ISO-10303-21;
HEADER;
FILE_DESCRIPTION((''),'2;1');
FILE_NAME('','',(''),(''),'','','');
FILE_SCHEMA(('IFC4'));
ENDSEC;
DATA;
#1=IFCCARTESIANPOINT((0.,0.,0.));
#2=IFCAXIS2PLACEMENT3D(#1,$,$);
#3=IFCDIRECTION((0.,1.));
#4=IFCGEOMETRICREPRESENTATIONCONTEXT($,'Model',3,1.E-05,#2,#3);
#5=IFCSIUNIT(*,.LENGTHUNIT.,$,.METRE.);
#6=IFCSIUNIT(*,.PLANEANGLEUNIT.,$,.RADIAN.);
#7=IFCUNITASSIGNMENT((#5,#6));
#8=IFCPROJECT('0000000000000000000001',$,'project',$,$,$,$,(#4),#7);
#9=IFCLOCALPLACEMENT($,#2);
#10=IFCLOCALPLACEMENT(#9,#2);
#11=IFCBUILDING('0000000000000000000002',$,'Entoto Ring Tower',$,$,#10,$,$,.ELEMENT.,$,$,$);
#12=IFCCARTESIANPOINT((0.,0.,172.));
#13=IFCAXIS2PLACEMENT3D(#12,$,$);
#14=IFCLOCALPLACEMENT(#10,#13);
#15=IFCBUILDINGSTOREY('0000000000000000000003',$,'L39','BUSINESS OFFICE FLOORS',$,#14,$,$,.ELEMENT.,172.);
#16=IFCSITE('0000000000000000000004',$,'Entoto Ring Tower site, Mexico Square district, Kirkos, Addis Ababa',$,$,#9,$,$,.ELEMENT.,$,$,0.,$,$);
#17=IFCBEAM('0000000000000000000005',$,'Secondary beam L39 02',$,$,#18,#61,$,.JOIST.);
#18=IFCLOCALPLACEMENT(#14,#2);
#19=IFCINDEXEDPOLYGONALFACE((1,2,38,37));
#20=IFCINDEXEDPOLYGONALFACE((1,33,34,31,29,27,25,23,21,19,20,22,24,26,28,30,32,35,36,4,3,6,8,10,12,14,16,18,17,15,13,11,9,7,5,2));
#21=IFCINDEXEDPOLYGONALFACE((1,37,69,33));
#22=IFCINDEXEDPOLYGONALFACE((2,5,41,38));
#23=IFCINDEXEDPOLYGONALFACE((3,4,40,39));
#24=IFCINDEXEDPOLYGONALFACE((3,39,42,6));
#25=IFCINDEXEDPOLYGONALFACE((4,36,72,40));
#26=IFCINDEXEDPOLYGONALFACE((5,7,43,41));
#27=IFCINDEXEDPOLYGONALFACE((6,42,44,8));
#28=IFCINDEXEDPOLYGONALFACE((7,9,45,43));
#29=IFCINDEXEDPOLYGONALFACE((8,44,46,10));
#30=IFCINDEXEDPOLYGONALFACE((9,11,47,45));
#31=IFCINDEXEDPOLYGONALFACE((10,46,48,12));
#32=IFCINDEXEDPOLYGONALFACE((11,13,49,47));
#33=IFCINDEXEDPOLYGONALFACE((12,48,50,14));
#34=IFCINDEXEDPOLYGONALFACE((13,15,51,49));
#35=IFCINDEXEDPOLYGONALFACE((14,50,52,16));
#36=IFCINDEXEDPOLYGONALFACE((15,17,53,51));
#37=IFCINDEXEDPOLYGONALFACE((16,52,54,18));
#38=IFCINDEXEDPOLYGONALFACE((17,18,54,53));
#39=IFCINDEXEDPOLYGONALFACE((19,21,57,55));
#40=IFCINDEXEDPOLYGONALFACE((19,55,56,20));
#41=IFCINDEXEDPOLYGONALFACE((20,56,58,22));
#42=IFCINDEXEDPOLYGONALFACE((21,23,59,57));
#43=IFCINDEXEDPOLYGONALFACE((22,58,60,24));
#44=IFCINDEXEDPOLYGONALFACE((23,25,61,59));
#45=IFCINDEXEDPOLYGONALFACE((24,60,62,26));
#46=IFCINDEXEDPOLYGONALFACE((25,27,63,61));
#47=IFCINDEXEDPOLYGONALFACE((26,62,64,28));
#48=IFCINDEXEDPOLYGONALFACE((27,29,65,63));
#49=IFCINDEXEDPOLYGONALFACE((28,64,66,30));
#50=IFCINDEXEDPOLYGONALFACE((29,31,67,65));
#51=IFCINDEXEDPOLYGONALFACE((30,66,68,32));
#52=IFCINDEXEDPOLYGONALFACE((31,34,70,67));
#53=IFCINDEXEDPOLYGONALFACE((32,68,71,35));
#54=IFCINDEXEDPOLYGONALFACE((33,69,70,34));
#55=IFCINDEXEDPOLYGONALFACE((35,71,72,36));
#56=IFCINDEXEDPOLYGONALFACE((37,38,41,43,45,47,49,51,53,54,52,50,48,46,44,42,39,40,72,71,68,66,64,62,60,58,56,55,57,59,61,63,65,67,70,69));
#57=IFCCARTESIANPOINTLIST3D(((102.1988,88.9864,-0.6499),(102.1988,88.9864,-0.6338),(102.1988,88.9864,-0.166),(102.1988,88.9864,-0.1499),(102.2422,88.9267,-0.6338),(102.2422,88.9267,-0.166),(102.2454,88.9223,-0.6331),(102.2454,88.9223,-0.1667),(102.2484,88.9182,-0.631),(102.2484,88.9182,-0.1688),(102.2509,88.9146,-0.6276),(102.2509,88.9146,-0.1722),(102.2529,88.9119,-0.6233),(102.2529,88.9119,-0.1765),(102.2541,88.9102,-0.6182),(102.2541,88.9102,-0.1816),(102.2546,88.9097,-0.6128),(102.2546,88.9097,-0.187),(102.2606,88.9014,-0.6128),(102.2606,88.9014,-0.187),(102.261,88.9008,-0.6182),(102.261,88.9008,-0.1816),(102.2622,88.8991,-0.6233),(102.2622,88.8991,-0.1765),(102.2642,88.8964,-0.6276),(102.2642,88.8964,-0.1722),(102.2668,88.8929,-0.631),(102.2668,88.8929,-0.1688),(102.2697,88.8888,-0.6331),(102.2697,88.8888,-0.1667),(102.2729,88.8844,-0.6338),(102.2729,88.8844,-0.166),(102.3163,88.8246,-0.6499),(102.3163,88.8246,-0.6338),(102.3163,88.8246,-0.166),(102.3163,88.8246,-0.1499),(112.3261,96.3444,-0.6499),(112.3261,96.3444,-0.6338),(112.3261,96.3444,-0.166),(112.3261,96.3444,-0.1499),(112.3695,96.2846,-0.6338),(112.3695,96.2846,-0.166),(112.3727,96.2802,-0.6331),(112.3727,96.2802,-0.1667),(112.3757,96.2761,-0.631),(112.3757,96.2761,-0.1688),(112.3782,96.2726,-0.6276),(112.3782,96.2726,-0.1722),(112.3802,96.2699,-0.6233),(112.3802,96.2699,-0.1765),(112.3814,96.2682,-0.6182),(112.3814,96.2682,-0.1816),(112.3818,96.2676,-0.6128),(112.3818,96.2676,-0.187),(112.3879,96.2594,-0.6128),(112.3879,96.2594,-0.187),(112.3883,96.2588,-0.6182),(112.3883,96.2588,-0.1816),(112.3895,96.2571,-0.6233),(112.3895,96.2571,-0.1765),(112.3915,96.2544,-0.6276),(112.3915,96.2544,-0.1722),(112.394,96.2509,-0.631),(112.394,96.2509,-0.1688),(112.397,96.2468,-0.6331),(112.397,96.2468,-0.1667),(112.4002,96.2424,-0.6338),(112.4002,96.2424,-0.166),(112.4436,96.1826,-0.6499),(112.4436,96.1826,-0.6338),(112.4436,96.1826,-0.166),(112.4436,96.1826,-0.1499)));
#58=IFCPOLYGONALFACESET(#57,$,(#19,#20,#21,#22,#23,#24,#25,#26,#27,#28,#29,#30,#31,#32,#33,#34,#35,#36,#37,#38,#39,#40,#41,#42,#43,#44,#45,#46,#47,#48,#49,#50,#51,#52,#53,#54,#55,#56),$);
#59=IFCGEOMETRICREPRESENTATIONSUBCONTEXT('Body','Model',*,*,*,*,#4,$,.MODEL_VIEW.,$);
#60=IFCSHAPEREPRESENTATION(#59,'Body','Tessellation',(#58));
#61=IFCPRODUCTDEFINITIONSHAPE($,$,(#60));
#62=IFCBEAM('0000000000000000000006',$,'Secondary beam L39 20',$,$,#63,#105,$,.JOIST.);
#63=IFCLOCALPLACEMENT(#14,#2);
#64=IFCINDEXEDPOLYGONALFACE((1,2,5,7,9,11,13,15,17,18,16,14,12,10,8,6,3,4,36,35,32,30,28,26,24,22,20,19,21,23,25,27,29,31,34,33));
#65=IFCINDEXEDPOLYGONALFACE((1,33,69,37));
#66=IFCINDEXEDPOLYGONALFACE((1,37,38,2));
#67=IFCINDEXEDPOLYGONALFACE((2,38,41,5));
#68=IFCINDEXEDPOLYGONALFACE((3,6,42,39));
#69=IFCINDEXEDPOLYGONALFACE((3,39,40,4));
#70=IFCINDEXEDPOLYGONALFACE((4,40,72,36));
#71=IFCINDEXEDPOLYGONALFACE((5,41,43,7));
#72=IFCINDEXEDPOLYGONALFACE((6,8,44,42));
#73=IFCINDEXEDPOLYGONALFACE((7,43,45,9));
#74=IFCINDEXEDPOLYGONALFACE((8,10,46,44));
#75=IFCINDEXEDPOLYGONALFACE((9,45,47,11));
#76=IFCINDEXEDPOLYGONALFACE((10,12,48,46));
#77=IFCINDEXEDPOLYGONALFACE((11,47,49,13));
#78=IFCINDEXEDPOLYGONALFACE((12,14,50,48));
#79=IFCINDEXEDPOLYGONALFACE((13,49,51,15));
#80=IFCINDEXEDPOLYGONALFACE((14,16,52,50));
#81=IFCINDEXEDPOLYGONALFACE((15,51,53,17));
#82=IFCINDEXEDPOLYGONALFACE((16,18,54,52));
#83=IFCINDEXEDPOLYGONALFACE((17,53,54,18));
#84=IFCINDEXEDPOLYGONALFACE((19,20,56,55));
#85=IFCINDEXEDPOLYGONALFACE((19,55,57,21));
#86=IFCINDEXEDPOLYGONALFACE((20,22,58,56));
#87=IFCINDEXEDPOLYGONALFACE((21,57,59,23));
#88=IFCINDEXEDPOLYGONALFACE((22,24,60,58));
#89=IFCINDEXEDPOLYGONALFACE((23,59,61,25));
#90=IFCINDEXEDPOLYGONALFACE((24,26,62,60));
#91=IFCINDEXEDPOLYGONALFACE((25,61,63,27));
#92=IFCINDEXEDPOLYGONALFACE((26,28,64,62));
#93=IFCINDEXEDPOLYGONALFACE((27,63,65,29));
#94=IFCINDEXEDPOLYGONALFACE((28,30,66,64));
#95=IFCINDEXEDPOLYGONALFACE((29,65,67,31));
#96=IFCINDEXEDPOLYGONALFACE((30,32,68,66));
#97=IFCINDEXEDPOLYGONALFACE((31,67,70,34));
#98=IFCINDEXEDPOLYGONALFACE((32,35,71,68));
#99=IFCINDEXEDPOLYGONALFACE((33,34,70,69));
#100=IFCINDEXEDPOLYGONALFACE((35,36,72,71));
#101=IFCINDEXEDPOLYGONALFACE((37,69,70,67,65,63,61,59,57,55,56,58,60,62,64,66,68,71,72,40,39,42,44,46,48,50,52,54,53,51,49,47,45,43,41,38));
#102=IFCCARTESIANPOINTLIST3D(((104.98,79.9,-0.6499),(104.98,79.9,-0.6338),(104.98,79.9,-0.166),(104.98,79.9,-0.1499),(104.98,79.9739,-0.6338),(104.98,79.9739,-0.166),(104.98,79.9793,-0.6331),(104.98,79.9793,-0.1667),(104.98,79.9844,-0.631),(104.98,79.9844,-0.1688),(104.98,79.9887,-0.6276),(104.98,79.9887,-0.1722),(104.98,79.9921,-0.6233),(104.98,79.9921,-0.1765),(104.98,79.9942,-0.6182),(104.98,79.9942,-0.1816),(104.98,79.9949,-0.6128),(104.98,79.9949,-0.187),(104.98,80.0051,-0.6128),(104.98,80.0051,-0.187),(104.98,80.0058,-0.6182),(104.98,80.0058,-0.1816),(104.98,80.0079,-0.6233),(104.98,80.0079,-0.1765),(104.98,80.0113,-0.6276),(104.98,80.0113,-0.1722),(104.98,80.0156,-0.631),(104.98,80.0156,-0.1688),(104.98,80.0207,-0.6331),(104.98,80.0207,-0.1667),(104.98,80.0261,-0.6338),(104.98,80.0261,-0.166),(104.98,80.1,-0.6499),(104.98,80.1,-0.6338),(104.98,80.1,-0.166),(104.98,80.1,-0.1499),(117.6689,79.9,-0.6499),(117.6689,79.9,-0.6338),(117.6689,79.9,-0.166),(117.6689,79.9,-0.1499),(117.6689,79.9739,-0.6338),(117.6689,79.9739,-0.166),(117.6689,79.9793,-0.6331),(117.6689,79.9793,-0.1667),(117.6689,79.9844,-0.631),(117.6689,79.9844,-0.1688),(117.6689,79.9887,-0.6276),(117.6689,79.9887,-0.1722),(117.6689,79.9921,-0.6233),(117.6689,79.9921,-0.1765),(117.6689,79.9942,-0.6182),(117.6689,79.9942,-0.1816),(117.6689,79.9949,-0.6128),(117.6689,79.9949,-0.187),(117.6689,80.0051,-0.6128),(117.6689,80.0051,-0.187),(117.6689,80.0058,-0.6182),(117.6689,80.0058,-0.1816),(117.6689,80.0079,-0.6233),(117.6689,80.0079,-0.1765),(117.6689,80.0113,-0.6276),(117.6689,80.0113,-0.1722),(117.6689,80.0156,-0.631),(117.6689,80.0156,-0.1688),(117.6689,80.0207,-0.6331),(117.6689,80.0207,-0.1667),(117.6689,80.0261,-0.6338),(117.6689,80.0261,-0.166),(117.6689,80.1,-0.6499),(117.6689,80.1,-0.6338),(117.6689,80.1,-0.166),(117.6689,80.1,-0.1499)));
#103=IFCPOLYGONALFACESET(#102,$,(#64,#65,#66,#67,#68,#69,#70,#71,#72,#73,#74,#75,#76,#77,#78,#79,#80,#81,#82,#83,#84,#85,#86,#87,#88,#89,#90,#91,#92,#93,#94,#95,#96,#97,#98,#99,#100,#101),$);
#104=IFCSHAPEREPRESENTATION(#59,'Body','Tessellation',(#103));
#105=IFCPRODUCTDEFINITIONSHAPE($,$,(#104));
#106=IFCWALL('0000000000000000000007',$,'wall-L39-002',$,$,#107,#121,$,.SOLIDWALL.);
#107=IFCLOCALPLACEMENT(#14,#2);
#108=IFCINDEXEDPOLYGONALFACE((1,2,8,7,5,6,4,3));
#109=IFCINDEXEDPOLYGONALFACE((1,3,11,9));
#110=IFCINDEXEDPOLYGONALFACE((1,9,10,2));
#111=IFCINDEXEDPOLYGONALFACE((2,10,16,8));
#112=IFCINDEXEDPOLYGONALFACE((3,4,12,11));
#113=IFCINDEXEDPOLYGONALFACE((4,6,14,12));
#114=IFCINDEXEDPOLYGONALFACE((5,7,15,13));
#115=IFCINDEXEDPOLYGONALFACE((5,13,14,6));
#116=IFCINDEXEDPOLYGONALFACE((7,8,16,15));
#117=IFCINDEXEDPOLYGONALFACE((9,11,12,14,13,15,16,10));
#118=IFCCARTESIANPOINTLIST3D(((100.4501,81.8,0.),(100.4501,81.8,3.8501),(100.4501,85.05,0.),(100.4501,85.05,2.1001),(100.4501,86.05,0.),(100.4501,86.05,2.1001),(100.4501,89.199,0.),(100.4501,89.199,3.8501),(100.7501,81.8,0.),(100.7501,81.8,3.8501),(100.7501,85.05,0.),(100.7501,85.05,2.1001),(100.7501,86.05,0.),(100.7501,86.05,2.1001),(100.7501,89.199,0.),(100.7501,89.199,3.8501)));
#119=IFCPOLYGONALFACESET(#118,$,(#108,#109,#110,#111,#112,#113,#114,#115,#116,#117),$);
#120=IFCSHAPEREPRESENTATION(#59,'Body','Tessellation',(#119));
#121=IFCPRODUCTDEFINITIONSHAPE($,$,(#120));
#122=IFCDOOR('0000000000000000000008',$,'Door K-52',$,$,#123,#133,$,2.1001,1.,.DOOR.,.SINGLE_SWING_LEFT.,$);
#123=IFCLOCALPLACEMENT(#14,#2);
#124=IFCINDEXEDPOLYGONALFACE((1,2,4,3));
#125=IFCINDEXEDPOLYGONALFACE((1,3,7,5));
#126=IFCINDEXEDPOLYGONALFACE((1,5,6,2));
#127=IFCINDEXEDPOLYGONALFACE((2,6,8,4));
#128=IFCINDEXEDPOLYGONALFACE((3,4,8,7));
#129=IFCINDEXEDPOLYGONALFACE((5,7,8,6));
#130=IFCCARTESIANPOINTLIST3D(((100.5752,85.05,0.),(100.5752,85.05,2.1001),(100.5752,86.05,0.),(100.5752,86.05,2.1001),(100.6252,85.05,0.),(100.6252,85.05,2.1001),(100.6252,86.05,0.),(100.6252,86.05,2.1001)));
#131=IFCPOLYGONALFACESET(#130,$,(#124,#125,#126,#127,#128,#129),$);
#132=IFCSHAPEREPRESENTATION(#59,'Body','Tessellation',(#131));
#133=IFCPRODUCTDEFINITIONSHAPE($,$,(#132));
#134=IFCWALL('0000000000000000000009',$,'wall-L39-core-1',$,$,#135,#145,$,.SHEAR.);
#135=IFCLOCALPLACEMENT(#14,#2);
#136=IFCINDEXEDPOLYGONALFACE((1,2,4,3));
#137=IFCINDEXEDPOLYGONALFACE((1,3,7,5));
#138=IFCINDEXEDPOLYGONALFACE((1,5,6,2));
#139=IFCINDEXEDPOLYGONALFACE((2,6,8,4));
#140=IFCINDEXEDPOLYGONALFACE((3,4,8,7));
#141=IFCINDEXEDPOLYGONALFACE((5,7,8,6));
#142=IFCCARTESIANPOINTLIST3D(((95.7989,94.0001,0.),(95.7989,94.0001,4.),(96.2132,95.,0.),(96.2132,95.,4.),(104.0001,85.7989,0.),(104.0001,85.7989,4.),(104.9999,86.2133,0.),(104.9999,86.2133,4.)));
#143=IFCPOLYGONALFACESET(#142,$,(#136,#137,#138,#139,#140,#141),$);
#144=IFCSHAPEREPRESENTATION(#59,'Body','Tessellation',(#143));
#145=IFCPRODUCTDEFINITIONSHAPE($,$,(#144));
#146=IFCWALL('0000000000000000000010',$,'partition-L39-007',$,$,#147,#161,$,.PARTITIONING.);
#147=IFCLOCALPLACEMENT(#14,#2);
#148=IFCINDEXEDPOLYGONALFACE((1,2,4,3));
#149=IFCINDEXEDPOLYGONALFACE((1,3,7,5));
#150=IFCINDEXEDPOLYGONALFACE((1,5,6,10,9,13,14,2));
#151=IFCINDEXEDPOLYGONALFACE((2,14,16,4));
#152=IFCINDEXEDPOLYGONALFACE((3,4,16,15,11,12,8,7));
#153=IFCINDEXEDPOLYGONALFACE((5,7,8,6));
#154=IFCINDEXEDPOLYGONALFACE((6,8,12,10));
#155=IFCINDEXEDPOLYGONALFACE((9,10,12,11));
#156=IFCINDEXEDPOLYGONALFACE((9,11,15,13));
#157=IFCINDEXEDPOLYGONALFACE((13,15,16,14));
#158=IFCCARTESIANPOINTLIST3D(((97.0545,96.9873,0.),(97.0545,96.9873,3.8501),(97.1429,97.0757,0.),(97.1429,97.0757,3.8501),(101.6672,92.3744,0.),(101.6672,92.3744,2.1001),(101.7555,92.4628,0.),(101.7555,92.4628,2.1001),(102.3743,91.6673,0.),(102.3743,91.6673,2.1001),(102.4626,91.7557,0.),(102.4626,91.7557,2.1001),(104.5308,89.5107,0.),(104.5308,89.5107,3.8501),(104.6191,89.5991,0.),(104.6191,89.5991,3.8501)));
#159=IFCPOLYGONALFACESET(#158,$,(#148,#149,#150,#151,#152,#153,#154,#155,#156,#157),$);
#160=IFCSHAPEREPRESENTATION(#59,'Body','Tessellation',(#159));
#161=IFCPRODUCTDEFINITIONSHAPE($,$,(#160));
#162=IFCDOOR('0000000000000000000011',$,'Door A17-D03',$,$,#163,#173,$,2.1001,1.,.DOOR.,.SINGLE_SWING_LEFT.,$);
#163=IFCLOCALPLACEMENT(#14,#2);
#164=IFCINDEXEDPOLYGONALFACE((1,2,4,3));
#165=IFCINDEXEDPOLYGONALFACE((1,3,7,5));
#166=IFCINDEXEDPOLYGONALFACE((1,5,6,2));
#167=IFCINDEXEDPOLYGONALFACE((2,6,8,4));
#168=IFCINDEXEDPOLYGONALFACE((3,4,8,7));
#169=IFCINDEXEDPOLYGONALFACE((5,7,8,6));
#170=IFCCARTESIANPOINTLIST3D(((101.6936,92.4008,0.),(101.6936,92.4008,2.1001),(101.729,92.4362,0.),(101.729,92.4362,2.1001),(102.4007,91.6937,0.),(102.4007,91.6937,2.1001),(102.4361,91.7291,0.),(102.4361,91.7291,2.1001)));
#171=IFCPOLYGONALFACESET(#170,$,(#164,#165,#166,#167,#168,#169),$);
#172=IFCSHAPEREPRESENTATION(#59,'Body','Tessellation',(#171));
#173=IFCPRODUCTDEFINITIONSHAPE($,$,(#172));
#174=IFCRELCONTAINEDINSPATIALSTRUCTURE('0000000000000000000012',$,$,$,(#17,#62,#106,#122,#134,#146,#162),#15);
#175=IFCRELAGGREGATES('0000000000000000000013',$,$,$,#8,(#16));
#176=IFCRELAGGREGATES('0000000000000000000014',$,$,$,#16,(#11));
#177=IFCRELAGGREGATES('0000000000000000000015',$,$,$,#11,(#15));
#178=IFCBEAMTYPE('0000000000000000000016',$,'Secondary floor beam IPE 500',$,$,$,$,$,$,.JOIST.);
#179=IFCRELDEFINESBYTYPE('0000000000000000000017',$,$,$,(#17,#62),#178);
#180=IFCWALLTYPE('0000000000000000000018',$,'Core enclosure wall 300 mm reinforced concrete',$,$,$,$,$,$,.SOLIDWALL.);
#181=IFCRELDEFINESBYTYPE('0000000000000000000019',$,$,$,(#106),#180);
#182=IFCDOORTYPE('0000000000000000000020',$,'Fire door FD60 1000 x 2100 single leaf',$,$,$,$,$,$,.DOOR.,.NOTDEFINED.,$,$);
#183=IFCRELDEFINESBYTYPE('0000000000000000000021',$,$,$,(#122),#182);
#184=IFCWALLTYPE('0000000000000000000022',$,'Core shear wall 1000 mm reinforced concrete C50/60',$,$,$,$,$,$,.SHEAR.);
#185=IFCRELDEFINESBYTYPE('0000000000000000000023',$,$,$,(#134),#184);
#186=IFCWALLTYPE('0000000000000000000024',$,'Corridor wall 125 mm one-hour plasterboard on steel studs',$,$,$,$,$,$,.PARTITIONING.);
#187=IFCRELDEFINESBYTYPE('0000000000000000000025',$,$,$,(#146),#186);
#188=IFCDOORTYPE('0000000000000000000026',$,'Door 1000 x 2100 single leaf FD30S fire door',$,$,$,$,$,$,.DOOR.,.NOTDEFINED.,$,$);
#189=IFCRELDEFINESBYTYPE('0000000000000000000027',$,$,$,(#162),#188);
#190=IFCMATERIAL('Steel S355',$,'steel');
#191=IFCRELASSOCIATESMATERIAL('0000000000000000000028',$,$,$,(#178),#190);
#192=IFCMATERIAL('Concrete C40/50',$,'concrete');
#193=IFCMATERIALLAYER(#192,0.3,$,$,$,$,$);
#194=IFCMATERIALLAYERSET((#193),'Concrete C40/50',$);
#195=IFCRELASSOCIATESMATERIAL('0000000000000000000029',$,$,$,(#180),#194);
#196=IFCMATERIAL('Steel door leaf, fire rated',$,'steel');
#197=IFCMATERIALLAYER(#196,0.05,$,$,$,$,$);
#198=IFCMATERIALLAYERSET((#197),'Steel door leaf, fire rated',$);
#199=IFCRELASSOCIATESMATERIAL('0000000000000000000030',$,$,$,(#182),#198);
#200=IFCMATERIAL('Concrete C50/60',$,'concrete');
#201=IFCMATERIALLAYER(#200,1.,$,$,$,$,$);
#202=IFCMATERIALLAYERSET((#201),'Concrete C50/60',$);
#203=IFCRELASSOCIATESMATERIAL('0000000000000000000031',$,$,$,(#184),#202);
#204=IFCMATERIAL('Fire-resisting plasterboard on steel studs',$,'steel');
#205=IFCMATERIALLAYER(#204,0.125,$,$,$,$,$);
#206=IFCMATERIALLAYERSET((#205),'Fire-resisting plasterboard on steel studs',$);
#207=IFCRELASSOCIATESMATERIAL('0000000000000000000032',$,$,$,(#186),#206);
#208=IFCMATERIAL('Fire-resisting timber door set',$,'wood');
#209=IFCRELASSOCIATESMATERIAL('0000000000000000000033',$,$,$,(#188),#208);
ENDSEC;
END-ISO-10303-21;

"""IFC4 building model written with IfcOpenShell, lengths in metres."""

from ifc_helpers import new_model, si_unit, direction, frame, frame_2d, origin, origin_2d, place, context, subcontext, project, spatial, polyline, rectangle, i_section, outline, extrude, material, layer, layer_set, material_profile, profile_set, type_object, element, fill, save


model = new_model("IFC4")

# Units and contexts
model_context = context("Model", 3, precision=1e-05, world=origin(), true_north=direction((0.0, 1.0)))
body_context = subcontext(model_context, "Body", "Model", "MODEL_VIEW")
ifc_project = project(units=[si_unit("LENGTHUNIT", "METRE"), si_unit("PLANEANGLEUNIT", "RADIAN")], contexts=[model_context])

# Site, building, storey
site_placement = place(None, origin())
site = spatial("IfcSite", under=ifc_project, at=site_placement, Name="Entoto Ring Tower site, Mexico Square district, Kirkos, Addis Ababa", CompositionType="ELEMENT", RefElevation=0.0)
building_placement = place(site_placement, origin())
building = spatial("IfcBuilding", under=site, at=building_placement, Name="Entoto Ring Tower", CompositionType="ELEMENT")
storey_placement = place(building_placement, frame((0.0, 0.0, 172.0)))
storey = spatial("IfcBuildingStorey", under=building, at=storey_placement, Name="L39", Description="BUSINESS OFFICE FLOORS", CompositionType="ELEMENT", Elevation=172.0)

# Beams
ifc_material_1 = material(Name="Steel S355", Category="steel")
ifc_material_profile_1 = material_profile(ifc_material_1, i_section(OverallWidth=0.2, OverallDepth=0.5, WebThickness=0.0103, FlangeThickness=0.0161, FilletRadius=0.021, at=origin_2d()), Name="IPE 500")
ifc_profile_set_1 = profile_set([ifc_material_profile_1], Name="Steel S355")
beam_type_1 = type_object("IfcBeamType", Name="Secondary floor beam IPE 500", PredefinedType="JOIST", material=ifc_profile_set_1)
beam_1_placement = place(storey_placement, frame((102.2576, 88.9055, -0.3999), z_axis=(0.809014, 0.587789, 0.0), x_axis=(-0.587789, 0.809014, 0.0)))
element("IfcBeam", 1, at=beam_1_placement, inside=storey, type_object=beam_type_1, Name="Secondary beam L39 02", PredefinedType="JOIST", context=body_context, shape_type="SweptSolid", body=[
    extrude(i_section(OverallWidth=0.2, OverallDepth=0.5, WebThickness=0.0103, FlangeThickness=0.0161, FilletRadius=0.021, at=origin_2d()), origin(), (0.0, 0.0, 1.0), 12.5181),
])
beam_2_placement = place(storey_placement, frame((104.98, 80.0, -0.3999), z_axis=(1.0, 0.0, 0.0), x_axis=(0.0, 1.0, 0.0)))
element("IfcBeam", 2, at=beam_2_placement, inside=storey, type_object=beam_type_1, Name="Secondary beam L39 20", PredefinedType="JOIST", context=body_context, shape_type="SweptSolid", body=[
    extrude(i_section(OverallWidth=0.2, OverallDepth=0.5, WebThickness=0.0103, FlangeThickness=0.0161, FilletRadius=0.021, at=origin_2d()), origin(), (0.0, 0.0, 1.0), 12.689),
])

# Wall, opening, door
ifc_material_2 = material(Name="Concrete C40/50", Category="concrete")
ifc_layer_1 = layer(ifc_material_2, 0.3)
ifc_layer_set_1 = layer_set([ifc_layer_1], Name="Concrete C40/50")
wall_type_1 = type_object("IfcWallType", Name="Core enclosure wall 300 mm reinforced concrete", PredefinedType="SOLIDWALL", material=ifc_layer_set_1)
wall_1_placement = place(storey_placement, frame((100.6001, 81.8, 0.0), z_axis=(0.0, 0.0, 1.0), x_axis=(0.0, 1.0, 0.0)))
wall_1 = element("IfcWall", 3, at=wall_1_placement, inside=storey, type_object=wall_type_1, Name="wall-L39-002", PredefinedType="SOLIDWALL", context=body_context, shape_type="SweptSolid", body=[
    extrude(rectangle(XDim=7.3989, YDim=0.3, at=frame_2d((3.6995, 0.0))), origin(), (0.0, 0.0, 1.0), 3.8501),
])
opening_1_placement = place(wall_1_placement, frame((3.25, 0.0, 0.0)))
opening_1 = element("IfcOpeningElement", 4, at=opening_1_placement, cuts=wall_1, PredefinedType="OPENING", context=body_context, shape_type="SweptSolid", body=[
    extrude(rectangle(XDim=1.0, YDim=2.1001, at=frame_2d((0.5, 1.05))), frame((0.0, 0.1602, 0.0), z_axis=(0.0, -1.0, 0.0), x_axis=(1.0, 0.0, 0.0)), (0.0, 0.0, 1.0), 0.3201),
])
ifc_material_3 = material(Name="Steel door leaf, fire rated", Category="steel")
ifc_layer_2 = layer(ifc_material_3, 0.05)
ifc_layer_set_2 = layer_set([ifc_layer_2], Name="Steel door leaf, fire rated")
door_type_1 = type_object("IfcDoorType", Name="Fire door FD60 1000 x 2100 single leaf", OperationType="NOTDEFINED", PredefinedType="DOOR", material=ifc_layer_set_2)
door_1_placement = place(opening_1_placement, origin())
door_1 = element("IfcDoor", 5, at=door_1_placement, inside=storey, type_object=door_type_1, Name="Door K-52", OperationType="SINGLE_SWING_LEFT", OverallHeight=2.1001, OverallWidth=1.0, PredefinedType="DOOR", context=body_context, shape_type="SweptSolid", body=[
    extrude(rectangle(XDim=1.0, YDim=2.1001, at=frame_2d((0.5, 1.05))), frame((0.0, 0.0249, 0.0), z_axis=(0.0, -1.0, 0.0), x_axis=(1.0, 0.0, 0.0)), (0.0, 0.0, 1.0), 0.05),
])
fill(opening_1, door_1)

# Wall
ifc_material_4 = material(Name="Concrete C50/60", Category="concrete")
ifc_layer_3 = layer(ifc_material_4, 1.0)
ifc_layer_set_3 = layer_set([ifc_layer_3], Name="Concrete C50/60")
wall_type_2 = type_object("IfcWallType", Name="Core shear wall 1000 mm reinforced concrete C50/60", PredefinedType="SHEAR", material=ifc_layer_set_3)
wall_2_placement = place(storey_placement, frame((104.5, 86.0061, 0.0), z_axis=(0.0, 0.0, 1.0), x_axis=(-0.707107, 0.707107, 0.0)))
element("IfcWall", 6, at=wall_2_placement, inside=storey, type_object=wall_type_2, Name="wall-L39-core-1", PredefinedType="SHEAR", context=body_context, shape_type="SweptSolid", body=[
    extrude(outline(polyline([(-0.207, -0.5), (12.2192, -0.5), (11.8052, 0.5), (0.207, 0.5), (-0.207, -0.5)])), origin(), (0.0, 0.0, 1.0), 4.0),
])

# Wall, opening, door
ifc_material_5 = material(Name="Fire-resisting plasterboard on steel studs", Category="steel")
ifc_layer_4 = layer(ifc_material_5, 0.125)
ifc_layer_set_4 = layer_set([ifc_layer_4], Name="Fire-resisting plasterboard on steel studs")
wall_type_3 = type_object("IfcWallType", Name="Corridor wall 125 mm one-hour plasterboard on steel studs", PredefinedType="PARTITIONING", material=ifc_layer_set_4)
wall_3_placement = place(storey_placement, frame((104.575, 89.5549, 0.0), z_axis=(0.0, 0.0, 1.0), x_axis=(-0.707095, 0.707118, 0.0)))
wall_3 = element("IfcWall", 7, at=wall_3_placement, inside=storey, type_object=wall_type_3, Name="partition-L39-007", PredefinedType="PARTITIONING", context=body_context, shape_type="SweptSolid", body=[
    extrude(rectangle(XDim=10.5732, YDim=0.125, at=frame_2d((5.2866, 0.0))), origin(), (0.0, 0.0, 1.0), 3.8501),
])
opening_2_placement = place(wall_3_placement, frame((3.0498, 0.0, 0.0)))
opening_2 = element("IfcOpeningElement", 8, at=opening_2_placement, cuts=wall_3, PredefinedType="OPENING", context=body_context, shape_type="SweptSolid", body=[
    extrude(rectangle(XDim=1.0, YDim=2.1001, at=frame_2d((0.5, 1.05))), frame((0.0, 0.0725, 0.0), z_axis=(0.0, -1.0, 0.0), x_axis=(1.0, 0.0, 0.0)), (0.0, 0.0, 1.0), 0.145),
])
ifc_material_6 = material(Name="Fire-resisting timber door set", Category="wood")
door_type_2 = type_object("IfcDoorType", Name="Door 1000 x 2100 single leaf FD30S fire door", OperationType="NOTDEFINED", PredefinedType="DOOR", material=ifc_material_6)
door_2_placement = place(opening_2_placement, frame((1.0, 0.0, 0.0), z_axis=(0.0, 0.0, 1.0), x_axis=(-1.0, 0.0, 0.0)))
door_2 = element("IfcDoor", 9, at=door_2_placement, inside=storey, type_object=door_type_2, Name="Door A17-D03", OperationType="SINGLE_SWING_LEFT", OverallHeight=2.1001, OverallWidth=1.0, PredefinedType="DOOR", context=body_context, shape_type="SweptSolid", body=[
    extrude(rectangle(XDim=1.0, YDim=2.1001, at=frame_2d((0.5, 1.05))), frame((0.0, 0.0249, 0.0), z_axis=(0.0, -1.0, 0.0), x_axis=(1.0, 0.0, 0.0)), (0.0, 0.0, 1.0), 0.05),
])
fill(opening_2, door_2)

save(model, "model.ifc")
